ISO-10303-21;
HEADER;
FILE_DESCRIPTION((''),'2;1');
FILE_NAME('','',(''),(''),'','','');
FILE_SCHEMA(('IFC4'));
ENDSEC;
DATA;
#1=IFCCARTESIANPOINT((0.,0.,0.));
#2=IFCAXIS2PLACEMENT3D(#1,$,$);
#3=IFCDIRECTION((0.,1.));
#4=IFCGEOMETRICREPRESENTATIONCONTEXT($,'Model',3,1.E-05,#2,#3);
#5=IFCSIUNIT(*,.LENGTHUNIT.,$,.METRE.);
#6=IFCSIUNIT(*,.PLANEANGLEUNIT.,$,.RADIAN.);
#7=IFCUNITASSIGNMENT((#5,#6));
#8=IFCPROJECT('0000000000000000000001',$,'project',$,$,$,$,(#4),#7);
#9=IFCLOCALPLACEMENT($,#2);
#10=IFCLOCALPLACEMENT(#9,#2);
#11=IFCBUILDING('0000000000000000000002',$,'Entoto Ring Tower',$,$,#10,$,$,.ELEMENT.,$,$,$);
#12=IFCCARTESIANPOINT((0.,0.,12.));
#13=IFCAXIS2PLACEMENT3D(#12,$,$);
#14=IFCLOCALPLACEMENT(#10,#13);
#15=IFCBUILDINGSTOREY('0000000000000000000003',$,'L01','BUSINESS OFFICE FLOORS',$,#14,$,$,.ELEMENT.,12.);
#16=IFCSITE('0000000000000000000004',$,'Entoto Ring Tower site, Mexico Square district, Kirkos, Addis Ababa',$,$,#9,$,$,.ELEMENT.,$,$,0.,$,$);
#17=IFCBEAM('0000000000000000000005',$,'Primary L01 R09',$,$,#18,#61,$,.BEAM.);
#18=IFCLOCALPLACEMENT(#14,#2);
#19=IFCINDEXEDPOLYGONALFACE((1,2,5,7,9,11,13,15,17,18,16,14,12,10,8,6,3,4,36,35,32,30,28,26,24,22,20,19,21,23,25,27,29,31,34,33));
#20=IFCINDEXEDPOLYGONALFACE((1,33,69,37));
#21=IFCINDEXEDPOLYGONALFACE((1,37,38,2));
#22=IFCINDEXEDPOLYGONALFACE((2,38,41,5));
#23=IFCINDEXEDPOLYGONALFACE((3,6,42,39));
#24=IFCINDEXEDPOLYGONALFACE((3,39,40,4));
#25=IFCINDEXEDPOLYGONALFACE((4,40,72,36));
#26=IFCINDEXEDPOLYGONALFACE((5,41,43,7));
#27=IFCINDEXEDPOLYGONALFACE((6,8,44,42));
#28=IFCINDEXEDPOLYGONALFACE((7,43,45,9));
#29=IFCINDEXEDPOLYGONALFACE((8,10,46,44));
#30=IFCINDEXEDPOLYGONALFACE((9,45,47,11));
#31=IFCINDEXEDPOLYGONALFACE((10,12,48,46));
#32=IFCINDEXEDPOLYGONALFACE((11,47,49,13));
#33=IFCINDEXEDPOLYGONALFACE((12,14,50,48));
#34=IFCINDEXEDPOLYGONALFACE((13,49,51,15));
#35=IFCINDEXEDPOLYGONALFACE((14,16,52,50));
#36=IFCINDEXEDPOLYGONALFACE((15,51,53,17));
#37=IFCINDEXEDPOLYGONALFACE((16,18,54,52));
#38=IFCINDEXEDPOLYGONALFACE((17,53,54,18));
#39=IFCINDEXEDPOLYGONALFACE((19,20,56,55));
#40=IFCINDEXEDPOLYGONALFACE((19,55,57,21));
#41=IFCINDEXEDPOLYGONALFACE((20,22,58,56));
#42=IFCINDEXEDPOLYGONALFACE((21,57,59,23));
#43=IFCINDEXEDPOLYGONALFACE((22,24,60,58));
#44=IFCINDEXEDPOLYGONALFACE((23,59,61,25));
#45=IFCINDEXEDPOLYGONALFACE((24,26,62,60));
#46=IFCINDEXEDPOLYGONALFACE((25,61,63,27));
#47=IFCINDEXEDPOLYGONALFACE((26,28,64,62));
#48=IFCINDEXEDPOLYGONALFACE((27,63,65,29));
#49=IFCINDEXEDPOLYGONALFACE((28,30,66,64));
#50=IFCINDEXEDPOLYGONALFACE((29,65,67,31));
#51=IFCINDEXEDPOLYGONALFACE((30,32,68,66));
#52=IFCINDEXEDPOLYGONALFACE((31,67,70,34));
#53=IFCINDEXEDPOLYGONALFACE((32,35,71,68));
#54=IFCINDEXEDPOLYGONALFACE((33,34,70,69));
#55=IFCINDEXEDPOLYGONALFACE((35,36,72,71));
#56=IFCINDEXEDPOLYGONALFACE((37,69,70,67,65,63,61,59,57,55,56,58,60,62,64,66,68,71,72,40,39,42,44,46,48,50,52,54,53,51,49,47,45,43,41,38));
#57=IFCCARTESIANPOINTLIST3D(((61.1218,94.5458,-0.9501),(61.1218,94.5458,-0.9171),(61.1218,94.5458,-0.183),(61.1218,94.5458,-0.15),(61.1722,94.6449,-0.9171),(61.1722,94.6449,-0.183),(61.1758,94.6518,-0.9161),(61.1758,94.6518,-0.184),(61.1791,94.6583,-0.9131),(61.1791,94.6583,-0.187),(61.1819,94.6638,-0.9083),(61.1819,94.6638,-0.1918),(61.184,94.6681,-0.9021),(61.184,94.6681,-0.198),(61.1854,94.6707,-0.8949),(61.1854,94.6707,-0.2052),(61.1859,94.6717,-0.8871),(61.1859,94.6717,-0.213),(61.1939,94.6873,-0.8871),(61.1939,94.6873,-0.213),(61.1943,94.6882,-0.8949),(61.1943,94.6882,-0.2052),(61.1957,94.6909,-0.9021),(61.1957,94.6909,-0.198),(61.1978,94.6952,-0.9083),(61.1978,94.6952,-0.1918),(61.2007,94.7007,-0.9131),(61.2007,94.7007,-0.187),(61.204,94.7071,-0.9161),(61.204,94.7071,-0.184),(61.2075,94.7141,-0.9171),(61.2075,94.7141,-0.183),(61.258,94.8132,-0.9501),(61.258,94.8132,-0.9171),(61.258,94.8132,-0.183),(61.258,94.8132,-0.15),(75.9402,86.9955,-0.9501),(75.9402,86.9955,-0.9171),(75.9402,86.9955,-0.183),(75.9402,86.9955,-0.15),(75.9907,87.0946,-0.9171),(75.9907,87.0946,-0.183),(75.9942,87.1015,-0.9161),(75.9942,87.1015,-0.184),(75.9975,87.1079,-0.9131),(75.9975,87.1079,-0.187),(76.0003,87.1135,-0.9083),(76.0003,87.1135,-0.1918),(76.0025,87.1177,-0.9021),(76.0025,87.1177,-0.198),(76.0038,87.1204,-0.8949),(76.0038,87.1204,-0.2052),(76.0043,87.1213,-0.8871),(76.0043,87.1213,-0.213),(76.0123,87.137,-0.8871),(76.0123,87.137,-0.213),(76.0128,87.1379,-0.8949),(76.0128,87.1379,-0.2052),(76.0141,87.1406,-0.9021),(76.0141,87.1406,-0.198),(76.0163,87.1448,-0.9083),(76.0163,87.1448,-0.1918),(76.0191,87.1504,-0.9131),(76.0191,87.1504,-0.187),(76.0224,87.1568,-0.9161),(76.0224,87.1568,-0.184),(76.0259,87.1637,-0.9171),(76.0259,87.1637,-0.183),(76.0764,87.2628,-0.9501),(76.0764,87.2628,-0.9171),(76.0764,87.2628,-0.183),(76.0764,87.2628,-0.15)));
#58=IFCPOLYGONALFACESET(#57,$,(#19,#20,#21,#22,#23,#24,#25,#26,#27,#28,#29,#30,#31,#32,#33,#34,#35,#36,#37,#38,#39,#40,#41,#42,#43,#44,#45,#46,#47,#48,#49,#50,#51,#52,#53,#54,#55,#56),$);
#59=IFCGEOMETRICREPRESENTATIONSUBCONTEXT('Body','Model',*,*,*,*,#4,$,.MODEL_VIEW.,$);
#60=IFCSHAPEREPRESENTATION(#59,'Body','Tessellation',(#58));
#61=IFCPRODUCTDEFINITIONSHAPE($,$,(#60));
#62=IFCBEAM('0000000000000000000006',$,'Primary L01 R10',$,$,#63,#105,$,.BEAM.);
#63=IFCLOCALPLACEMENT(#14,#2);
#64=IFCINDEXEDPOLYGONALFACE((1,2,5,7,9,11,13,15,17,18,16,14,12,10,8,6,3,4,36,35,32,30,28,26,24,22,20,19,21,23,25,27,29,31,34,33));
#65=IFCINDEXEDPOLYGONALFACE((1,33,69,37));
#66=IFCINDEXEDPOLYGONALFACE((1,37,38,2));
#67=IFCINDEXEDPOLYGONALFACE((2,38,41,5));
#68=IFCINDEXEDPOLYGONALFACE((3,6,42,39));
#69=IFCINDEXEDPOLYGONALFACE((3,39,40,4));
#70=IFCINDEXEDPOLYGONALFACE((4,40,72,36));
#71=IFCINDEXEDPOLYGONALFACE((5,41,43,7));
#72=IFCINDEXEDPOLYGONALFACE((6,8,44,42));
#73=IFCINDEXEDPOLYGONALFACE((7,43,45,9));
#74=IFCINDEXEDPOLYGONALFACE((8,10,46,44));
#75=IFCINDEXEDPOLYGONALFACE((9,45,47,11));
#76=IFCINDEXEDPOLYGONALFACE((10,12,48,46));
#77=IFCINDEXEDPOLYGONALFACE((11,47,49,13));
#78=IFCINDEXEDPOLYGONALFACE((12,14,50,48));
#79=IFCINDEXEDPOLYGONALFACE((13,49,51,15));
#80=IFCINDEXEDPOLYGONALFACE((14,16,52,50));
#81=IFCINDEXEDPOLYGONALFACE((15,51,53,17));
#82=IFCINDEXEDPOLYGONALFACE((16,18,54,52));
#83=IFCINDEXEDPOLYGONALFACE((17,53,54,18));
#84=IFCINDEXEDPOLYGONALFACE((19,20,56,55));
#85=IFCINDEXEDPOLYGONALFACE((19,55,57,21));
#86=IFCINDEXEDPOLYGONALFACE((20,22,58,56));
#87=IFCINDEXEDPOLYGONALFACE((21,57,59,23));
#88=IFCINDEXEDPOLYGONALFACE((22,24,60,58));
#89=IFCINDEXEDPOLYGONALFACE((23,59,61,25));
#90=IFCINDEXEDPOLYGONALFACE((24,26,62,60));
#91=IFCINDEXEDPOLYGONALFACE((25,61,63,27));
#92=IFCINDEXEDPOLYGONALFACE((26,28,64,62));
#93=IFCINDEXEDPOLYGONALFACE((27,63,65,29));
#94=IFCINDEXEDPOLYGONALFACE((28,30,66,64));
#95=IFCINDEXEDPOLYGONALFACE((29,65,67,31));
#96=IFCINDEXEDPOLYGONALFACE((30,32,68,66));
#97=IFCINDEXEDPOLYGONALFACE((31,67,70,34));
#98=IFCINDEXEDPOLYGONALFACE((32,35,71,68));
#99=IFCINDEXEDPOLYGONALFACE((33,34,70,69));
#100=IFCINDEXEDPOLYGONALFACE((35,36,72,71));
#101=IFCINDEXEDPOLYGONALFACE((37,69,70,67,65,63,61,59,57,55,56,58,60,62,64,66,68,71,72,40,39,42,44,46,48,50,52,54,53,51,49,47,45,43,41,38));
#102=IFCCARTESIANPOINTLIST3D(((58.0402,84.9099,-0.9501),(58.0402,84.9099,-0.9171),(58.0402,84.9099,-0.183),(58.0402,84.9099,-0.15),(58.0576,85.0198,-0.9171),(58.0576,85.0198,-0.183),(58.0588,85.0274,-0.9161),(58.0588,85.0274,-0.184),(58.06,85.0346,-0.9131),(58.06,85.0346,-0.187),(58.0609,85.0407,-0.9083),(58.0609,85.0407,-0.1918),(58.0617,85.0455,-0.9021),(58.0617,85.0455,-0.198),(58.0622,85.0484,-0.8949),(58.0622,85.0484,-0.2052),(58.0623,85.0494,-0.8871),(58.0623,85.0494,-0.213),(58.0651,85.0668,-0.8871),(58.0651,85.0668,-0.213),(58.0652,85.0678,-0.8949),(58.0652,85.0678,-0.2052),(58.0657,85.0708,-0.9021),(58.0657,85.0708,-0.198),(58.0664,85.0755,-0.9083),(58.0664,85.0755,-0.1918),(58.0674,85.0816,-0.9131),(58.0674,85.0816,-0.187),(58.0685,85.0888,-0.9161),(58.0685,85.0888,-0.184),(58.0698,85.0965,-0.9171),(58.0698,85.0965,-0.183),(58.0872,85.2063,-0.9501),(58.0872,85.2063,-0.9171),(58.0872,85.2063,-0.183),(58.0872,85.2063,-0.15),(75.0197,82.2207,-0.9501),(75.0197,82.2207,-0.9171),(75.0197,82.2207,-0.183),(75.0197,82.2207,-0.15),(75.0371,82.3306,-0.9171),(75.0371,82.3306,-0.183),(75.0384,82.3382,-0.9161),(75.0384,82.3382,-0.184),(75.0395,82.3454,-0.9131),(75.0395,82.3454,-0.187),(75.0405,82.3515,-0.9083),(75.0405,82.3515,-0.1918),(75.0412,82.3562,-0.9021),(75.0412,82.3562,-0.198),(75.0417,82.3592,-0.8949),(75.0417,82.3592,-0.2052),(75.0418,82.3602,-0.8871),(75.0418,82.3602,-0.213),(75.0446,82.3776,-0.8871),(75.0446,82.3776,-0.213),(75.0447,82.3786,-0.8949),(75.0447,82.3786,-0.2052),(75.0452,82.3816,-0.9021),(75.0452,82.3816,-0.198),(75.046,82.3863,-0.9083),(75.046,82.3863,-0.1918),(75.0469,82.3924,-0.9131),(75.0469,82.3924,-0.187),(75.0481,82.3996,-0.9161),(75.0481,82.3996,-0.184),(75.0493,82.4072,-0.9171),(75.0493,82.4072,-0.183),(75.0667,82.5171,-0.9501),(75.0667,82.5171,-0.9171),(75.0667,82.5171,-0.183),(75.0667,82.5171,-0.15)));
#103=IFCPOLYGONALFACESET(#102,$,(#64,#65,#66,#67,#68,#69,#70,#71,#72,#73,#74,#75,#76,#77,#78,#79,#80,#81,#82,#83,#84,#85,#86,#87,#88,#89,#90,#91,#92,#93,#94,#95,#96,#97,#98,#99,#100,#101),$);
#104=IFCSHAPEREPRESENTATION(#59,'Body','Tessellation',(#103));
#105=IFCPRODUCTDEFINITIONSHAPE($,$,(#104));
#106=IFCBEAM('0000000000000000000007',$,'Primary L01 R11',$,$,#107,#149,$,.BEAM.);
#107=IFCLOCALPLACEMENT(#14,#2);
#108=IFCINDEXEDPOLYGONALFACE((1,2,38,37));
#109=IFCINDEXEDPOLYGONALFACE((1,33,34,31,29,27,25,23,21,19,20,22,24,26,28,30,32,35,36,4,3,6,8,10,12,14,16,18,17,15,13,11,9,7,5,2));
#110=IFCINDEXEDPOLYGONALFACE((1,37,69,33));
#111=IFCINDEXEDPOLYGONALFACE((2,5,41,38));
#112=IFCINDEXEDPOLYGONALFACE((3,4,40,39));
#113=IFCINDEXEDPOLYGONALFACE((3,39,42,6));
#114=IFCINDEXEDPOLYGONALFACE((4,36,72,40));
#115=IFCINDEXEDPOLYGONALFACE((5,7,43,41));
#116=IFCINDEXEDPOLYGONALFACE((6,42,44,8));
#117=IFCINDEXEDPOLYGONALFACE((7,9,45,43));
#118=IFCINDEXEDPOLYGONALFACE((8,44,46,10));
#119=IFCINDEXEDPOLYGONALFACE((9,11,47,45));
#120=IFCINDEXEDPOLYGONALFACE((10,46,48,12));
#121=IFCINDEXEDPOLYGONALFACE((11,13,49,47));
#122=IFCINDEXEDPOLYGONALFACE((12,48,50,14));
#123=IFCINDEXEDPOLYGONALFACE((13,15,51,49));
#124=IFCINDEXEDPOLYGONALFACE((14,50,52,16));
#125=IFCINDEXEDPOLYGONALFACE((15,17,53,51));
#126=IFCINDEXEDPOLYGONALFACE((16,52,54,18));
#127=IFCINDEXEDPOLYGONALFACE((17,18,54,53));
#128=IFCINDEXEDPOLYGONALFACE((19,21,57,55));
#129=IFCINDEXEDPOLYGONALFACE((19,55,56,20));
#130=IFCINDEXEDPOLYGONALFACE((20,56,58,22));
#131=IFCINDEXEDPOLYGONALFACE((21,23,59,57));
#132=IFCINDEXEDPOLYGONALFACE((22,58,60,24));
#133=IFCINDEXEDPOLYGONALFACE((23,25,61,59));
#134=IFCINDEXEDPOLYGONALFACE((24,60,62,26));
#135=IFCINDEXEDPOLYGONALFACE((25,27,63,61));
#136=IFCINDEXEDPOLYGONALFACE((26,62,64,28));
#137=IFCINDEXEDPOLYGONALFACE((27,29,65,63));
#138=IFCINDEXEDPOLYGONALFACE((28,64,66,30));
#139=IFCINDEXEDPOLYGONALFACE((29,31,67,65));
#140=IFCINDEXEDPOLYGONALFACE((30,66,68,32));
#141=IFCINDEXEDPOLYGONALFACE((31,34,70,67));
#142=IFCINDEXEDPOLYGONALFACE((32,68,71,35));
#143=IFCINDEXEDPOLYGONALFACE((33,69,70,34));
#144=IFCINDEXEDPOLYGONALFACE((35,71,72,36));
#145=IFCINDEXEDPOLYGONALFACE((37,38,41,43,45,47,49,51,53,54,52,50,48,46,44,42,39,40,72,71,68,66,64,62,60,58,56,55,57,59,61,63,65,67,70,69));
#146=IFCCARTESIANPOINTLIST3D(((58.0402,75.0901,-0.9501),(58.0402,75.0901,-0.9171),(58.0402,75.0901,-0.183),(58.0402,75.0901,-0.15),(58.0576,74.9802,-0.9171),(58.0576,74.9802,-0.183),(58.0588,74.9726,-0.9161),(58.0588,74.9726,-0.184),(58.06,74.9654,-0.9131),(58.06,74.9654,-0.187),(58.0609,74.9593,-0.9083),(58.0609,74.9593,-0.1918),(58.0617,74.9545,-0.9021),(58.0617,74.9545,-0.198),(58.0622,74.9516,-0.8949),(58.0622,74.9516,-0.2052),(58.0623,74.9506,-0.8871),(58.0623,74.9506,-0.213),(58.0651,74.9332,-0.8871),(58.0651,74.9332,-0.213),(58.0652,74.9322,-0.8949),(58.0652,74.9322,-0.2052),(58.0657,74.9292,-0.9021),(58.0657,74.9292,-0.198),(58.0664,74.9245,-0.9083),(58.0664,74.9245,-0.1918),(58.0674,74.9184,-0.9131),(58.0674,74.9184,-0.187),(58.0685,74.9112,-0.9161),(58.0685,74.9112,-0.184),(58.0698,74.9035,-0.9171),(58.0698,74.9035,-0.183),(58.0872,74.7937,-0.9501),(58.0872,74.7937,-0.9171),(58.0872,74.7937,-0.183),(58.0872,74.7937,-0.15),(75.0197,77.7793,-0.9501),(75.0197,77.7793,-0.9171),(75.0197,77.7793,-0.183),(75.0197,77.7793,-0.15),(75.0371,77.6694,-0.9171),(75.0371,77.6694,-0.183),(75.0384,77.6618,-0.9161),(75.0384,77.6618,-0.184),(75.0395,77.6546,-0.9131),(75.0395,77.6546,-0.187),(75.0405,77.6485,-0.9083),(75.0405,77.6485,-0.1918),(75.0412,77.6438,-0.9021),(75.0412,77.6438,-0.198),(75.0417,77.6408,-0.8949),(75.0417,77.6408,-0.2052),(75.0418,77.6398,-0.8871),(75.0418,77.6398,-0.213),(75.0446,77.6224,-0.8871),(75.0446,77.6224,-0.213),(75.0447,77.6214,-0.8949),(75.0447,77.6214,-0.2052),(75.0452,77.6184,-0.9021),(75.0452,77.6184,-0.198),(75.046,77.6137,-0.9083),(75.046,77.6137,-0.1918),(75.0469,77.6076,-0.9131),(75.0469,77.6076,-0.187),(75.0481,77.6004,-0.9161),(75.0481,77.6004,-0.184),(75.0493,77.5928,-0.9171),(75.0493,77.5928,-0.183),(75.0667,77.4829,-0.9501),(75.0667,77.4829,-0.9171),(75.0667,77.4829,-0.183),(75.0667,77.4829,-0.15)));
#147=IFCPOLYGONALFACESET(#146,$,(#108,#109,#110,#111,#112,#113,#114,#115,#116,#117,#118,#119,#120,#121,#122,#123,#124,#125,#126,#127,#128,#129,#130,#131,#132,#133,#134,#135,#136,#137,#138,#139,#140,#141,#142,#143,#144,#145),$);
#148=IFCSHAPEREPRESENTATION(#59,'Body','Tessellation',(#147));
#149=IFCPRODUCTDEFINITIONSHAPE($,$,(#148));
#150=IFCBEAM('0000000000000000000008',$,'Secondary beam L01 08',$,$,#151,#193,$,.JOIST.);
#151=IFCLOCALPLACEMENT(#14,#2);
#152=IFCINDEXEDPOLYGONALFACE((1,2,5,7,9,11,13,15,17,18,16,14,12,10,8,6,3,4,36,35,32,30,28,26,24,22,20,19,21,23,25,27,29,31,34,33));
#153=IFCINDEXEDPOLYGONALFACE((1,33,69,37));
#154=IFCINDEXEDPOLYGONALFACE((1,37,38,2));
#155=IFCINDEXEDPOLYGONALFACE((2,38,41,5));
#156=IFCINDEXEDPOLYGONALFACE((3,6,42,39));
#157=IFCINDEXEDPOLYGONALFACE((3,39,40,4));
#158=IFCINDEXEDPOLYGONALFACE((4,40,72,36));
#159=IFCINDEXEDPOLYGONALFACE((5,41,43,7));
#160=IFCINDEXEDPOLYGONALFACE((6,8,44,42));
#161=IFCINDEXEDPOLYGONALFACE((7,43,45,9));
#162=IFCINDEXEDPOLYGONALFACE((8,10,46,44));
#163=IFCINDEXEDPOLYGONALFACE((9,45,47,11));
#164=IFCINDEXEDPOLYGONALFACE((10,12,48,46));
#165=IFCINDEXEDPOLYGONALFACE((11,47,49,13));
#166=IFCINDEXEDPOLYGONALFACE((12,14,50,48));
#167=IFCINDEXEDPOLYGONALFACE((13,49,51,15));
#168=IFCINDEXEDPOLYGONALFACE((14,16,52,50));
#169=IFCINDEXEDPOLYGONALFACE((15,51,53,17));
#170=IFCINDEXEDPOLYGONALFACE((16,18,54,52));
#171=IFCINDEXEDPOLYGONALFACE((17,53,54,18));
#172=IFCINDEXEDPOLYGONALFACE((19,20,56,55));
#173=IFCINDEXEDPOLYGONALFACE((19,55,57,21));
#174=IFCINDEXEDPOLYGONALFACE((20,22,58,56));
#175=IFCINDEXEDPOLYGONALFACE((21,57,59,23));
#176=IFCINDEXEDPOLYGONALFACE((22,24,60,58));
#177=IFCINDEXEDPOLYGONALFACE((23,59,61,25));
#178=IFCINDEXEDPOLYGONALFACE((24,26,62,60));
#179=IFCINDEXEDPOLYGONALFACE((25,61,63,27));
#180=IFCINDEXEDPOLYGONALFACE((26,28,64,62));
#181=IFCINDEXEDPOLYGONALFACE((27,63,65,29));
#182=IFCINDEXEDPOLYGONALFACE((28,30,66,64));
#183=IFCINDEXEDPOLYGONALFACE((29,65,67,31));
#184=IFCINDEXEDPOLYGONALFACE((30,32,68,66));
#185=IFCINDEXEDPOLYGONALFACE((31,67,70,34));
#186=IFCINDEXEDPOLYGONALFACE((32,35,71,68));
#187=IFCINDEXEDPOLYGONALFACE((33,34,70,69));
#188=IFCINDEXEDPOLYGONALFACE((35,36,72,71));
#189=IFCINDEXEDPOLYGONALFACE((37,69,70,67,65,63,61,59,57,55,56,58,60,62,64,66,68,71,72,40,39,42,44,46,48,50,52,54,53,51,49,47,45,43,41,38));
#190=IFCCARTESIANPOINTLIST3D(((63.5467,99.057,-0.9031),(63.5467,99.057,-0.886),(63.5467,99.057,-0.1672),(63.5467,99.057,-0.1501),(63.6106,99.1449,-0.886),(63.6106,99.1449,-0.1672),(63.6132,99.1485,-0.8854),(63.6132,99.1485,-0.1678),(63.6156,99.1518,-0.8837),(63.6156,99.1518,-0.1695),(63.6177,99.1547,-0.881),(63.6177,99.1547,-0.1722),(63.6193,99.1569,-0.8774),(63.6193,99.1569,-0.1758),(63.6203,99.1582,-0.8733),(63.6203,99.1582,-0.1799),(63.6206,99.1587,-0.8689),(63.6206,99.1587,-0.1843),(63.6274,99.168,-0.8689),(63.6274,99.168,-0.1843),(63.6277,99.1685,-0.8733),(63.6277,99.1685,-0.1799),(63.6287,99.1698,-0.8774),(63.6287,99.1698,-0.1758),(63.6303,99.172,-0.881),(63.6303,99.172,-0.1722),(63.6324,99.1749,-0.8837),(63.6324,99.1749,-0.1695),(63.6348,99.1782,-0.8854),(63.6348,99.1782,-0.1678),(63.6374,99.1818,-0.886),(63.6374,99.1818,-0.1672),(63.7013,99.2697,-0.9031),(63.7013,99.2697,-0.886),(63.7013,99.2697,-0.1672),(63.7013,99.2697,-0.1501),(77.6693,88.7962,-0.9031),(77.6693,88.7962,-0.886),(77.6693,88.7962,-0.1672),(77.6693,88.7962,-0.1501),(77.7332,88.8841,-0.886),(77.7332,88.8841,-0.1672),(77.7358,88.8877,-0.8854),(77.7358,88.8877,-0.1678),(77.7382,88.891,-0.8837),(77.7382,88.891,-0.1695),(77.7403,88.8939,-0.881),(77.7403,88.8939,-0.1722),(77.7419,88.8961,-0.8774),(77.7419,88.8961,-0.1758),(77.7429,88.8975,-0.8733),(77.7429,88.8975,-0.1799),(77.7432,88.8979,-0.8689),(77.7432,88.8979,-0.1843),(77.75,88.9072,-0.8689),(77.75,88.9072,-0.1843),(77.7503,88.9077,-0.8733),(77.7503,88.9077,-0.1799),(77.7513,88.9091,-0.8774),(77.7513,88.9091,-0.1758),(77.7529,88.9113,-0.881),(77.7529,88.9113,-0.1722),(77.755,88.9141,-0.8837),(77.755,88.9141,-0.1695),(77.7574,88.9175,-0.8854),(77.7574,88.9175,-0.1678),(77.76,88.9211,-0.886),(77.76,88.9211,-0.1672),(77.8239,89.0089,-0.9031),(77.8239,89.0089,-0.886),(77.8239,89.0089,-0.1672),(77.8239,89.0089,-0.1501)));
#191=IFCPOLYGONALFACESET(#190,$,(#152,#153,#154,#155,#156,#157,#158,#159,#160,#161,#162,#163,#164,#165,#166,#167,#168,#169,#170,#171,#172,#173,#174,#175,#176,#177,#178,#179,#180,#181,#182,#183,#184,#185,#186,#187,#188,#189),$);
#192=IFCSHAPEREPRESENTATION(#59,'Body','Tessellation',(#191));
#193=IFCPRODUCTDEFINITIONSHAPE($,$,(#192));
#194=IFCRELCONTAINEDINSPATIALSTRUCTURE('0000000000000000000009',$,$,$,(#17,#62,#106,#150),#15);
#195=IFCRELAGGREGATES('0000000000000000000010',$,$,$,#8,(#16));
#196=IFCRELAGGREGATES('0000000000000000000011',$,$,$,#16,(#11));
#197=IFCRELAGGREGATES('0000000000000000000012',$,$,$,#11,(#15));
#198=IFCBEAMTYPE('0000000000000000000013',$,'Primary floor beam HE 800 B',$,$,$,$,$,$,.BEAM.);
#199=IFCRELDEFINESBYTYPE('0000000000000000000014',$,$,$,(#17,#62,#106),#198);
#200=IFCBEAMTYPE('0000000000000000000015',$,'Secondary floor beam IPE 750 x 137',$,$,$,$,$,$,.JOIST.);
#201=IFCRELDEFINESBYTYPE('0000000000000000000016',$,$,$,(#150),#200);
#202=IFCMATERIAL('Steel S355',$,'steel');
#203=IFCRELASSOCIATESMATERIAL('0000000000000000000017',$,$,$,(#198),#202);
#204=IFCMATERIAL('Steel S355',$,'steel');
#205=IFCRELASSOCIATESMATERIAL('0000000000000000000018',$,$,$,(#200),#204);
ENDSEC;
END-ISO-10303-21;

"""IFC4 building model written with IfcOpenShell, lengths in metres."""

from ifc_helpers import new_model, si_unit, direction, frame, origin, origin_2d, place, context, subcontext, project, spatial, i_section, extrude, material, material_profile, profile_set, type_object, element, save


model = new_model("IFC4")

# Units and contexts
model_context = context("Model", 3, precision=1e-05, world=origin(), true_north=direction((0.0, 1.0)))
body_context = subcontext(model_context, "Body", "Model", "MODEL_VIEW")
ifc_project = project(units=[si_unit("LENGTHUNIT", "METRE"), si_unit("PLANEANGLEUNIT", "RADIAN")], contexts=[model_context])

# Site, building, storey
site_placement = place(None, origin())
site = spatial("IfcSite", under=ifc_project, at=site_placement, Name="Entoto Ring Tower site, Mexico Square district, Kirkos, Addis Ababa", CompositionType="ELEMENT", RefElevation=0.0)
building_placement = place(site_placement, origin())
building = spatial("IfcBuilding", under=site, at=building_placement, Name="Entoto Ring Tower", CompositionType="ELEMENT")
storey_placement = place(building_placement, frame((0.0, 0.0, 12.0)))
storey = spatial("IfcBuildingStorey", under=building, at=storey_placement, Name="L01", Description="BUSINESS OFFICE FLOORS", CompositionType="ELEMENT", Elevation=12.0)

# Beams
ifc_material_1 = material(Name="Steel S355", Category="steel")
ifc_material_profile_1 = material_profile(ifc_material_1, i_section(OverallWidth=0.3, OverallDepth=0.8, WebThickness=0.0176, FlangeThickness=0.033, FilletRadius=0.03, at=origin_2d()), Name="HE 800 B")
ifc_profile_set_1 = profile_set([ifc_material_profile_1], Name="Steel S355")
beam_type_1 = type_object("IfcBeamType", Name="Primary floor beam HE 800 B", PredefinedType="BEAM", material=ifc_profile_set_1)
beam_1_placement = place(storey_placement, frame((76.0083, 87.1292, -0.55), z_axis=(-0.891007, 0.453989, 0.0), x_axis=(-0.453989, -0.891007, 0.0)))
element("IfcBeam", 1, at=beam_1_placement, inside=storey, type_object=beam_type_1, Name="Primary L01 R09", PredefinedType="BEAM", context=body_context, shape_type="SweptSolid", body=[
    extrude(i_section(OverallWidth=0.3, OverallDepth=0.8, WebThickness=0.0176, FlangeThickness=0.033, FilletRadius=0.03, at=origin_2d()), origin(), (0.0, 0.0, 1.0), 16.6311),
])
for number, where, z_axis, x_axis, name in (
    (2, (75.0432, 82.3689, -0.55), (-0.987689, 0.15643, 0.0), (-0.15643, -0.987689, 0.0), "Primary L01 R10"),
    (3, (75.0432, 77.6311, -0.55), (-0.987689, -0.15643, 0.0), (0.15643, -0.987689, 0.0), "Primary L01 R11"),
):
    element("IfcBeam", number, at=place(storey_placement, frame(where, z_axis=z_axis, x_axis=x_axis)), inside=storey, type_object=beam_type_1, Name=name, PredefinedType="BEAM", context=body_context, shape_type="SweptSolid", body=[
        extrude(i_section(OverallWidth=0.3, OverallDepth=0.8, WebThickness=0.0176, FlangeThickness=0.033, FilletRadius=0.03, at=origin_2d()), origin(), (0.0, 0.0, 1.0), 17.1912),
    ])
ifc_material_2 = material(Name="Steel S355", Category="steel")
ifc_material_profile_2 = material_profile(ifc_material_2, i_section(OverallWidth=0.2629, OverallDepth=0.7529, WebThickness=0.0115, FlangeThickness=0.0171, FilletRadius=0.0171, at=origin_2d()), Name="IPE 750 x 137")
ifc_profile_set_2 = profile_set([ifc_material_profile_2], Name="Steel S355")
beam_type_2 = type_object("IfcBeamType", Name="Secondary floor beam IPE 750 x 137", PredefinedType="JOIST", material=ifc_profile_set_2)
beam_2_placement = place(storey_placement, frame((77.7466, 88.9026, -0.5266), z_axis=(-0.809014, 0.587789, 0.0), x_axis=(-0.587789, -0.809014, 0.0)))
element("IfcBeam", 4, at=beam_2_placement, inside=storey, type_object=beam_type_2, Name="Secondary beam L01 08", PredefinedType="JOIST", context=body_context, shape_type="SweptSolid", body=[
    extrude(i_section(OverallWidth=0.2629, OverallDepth=0.7529, WebThickness=0.0115, FlangeThickness=0.0171, FilletRadius=0.0171, at=origin_2d()), origin(), (0.0, 0.0, 1.0), 17.4565),
])

save(model, "model.ifc")
